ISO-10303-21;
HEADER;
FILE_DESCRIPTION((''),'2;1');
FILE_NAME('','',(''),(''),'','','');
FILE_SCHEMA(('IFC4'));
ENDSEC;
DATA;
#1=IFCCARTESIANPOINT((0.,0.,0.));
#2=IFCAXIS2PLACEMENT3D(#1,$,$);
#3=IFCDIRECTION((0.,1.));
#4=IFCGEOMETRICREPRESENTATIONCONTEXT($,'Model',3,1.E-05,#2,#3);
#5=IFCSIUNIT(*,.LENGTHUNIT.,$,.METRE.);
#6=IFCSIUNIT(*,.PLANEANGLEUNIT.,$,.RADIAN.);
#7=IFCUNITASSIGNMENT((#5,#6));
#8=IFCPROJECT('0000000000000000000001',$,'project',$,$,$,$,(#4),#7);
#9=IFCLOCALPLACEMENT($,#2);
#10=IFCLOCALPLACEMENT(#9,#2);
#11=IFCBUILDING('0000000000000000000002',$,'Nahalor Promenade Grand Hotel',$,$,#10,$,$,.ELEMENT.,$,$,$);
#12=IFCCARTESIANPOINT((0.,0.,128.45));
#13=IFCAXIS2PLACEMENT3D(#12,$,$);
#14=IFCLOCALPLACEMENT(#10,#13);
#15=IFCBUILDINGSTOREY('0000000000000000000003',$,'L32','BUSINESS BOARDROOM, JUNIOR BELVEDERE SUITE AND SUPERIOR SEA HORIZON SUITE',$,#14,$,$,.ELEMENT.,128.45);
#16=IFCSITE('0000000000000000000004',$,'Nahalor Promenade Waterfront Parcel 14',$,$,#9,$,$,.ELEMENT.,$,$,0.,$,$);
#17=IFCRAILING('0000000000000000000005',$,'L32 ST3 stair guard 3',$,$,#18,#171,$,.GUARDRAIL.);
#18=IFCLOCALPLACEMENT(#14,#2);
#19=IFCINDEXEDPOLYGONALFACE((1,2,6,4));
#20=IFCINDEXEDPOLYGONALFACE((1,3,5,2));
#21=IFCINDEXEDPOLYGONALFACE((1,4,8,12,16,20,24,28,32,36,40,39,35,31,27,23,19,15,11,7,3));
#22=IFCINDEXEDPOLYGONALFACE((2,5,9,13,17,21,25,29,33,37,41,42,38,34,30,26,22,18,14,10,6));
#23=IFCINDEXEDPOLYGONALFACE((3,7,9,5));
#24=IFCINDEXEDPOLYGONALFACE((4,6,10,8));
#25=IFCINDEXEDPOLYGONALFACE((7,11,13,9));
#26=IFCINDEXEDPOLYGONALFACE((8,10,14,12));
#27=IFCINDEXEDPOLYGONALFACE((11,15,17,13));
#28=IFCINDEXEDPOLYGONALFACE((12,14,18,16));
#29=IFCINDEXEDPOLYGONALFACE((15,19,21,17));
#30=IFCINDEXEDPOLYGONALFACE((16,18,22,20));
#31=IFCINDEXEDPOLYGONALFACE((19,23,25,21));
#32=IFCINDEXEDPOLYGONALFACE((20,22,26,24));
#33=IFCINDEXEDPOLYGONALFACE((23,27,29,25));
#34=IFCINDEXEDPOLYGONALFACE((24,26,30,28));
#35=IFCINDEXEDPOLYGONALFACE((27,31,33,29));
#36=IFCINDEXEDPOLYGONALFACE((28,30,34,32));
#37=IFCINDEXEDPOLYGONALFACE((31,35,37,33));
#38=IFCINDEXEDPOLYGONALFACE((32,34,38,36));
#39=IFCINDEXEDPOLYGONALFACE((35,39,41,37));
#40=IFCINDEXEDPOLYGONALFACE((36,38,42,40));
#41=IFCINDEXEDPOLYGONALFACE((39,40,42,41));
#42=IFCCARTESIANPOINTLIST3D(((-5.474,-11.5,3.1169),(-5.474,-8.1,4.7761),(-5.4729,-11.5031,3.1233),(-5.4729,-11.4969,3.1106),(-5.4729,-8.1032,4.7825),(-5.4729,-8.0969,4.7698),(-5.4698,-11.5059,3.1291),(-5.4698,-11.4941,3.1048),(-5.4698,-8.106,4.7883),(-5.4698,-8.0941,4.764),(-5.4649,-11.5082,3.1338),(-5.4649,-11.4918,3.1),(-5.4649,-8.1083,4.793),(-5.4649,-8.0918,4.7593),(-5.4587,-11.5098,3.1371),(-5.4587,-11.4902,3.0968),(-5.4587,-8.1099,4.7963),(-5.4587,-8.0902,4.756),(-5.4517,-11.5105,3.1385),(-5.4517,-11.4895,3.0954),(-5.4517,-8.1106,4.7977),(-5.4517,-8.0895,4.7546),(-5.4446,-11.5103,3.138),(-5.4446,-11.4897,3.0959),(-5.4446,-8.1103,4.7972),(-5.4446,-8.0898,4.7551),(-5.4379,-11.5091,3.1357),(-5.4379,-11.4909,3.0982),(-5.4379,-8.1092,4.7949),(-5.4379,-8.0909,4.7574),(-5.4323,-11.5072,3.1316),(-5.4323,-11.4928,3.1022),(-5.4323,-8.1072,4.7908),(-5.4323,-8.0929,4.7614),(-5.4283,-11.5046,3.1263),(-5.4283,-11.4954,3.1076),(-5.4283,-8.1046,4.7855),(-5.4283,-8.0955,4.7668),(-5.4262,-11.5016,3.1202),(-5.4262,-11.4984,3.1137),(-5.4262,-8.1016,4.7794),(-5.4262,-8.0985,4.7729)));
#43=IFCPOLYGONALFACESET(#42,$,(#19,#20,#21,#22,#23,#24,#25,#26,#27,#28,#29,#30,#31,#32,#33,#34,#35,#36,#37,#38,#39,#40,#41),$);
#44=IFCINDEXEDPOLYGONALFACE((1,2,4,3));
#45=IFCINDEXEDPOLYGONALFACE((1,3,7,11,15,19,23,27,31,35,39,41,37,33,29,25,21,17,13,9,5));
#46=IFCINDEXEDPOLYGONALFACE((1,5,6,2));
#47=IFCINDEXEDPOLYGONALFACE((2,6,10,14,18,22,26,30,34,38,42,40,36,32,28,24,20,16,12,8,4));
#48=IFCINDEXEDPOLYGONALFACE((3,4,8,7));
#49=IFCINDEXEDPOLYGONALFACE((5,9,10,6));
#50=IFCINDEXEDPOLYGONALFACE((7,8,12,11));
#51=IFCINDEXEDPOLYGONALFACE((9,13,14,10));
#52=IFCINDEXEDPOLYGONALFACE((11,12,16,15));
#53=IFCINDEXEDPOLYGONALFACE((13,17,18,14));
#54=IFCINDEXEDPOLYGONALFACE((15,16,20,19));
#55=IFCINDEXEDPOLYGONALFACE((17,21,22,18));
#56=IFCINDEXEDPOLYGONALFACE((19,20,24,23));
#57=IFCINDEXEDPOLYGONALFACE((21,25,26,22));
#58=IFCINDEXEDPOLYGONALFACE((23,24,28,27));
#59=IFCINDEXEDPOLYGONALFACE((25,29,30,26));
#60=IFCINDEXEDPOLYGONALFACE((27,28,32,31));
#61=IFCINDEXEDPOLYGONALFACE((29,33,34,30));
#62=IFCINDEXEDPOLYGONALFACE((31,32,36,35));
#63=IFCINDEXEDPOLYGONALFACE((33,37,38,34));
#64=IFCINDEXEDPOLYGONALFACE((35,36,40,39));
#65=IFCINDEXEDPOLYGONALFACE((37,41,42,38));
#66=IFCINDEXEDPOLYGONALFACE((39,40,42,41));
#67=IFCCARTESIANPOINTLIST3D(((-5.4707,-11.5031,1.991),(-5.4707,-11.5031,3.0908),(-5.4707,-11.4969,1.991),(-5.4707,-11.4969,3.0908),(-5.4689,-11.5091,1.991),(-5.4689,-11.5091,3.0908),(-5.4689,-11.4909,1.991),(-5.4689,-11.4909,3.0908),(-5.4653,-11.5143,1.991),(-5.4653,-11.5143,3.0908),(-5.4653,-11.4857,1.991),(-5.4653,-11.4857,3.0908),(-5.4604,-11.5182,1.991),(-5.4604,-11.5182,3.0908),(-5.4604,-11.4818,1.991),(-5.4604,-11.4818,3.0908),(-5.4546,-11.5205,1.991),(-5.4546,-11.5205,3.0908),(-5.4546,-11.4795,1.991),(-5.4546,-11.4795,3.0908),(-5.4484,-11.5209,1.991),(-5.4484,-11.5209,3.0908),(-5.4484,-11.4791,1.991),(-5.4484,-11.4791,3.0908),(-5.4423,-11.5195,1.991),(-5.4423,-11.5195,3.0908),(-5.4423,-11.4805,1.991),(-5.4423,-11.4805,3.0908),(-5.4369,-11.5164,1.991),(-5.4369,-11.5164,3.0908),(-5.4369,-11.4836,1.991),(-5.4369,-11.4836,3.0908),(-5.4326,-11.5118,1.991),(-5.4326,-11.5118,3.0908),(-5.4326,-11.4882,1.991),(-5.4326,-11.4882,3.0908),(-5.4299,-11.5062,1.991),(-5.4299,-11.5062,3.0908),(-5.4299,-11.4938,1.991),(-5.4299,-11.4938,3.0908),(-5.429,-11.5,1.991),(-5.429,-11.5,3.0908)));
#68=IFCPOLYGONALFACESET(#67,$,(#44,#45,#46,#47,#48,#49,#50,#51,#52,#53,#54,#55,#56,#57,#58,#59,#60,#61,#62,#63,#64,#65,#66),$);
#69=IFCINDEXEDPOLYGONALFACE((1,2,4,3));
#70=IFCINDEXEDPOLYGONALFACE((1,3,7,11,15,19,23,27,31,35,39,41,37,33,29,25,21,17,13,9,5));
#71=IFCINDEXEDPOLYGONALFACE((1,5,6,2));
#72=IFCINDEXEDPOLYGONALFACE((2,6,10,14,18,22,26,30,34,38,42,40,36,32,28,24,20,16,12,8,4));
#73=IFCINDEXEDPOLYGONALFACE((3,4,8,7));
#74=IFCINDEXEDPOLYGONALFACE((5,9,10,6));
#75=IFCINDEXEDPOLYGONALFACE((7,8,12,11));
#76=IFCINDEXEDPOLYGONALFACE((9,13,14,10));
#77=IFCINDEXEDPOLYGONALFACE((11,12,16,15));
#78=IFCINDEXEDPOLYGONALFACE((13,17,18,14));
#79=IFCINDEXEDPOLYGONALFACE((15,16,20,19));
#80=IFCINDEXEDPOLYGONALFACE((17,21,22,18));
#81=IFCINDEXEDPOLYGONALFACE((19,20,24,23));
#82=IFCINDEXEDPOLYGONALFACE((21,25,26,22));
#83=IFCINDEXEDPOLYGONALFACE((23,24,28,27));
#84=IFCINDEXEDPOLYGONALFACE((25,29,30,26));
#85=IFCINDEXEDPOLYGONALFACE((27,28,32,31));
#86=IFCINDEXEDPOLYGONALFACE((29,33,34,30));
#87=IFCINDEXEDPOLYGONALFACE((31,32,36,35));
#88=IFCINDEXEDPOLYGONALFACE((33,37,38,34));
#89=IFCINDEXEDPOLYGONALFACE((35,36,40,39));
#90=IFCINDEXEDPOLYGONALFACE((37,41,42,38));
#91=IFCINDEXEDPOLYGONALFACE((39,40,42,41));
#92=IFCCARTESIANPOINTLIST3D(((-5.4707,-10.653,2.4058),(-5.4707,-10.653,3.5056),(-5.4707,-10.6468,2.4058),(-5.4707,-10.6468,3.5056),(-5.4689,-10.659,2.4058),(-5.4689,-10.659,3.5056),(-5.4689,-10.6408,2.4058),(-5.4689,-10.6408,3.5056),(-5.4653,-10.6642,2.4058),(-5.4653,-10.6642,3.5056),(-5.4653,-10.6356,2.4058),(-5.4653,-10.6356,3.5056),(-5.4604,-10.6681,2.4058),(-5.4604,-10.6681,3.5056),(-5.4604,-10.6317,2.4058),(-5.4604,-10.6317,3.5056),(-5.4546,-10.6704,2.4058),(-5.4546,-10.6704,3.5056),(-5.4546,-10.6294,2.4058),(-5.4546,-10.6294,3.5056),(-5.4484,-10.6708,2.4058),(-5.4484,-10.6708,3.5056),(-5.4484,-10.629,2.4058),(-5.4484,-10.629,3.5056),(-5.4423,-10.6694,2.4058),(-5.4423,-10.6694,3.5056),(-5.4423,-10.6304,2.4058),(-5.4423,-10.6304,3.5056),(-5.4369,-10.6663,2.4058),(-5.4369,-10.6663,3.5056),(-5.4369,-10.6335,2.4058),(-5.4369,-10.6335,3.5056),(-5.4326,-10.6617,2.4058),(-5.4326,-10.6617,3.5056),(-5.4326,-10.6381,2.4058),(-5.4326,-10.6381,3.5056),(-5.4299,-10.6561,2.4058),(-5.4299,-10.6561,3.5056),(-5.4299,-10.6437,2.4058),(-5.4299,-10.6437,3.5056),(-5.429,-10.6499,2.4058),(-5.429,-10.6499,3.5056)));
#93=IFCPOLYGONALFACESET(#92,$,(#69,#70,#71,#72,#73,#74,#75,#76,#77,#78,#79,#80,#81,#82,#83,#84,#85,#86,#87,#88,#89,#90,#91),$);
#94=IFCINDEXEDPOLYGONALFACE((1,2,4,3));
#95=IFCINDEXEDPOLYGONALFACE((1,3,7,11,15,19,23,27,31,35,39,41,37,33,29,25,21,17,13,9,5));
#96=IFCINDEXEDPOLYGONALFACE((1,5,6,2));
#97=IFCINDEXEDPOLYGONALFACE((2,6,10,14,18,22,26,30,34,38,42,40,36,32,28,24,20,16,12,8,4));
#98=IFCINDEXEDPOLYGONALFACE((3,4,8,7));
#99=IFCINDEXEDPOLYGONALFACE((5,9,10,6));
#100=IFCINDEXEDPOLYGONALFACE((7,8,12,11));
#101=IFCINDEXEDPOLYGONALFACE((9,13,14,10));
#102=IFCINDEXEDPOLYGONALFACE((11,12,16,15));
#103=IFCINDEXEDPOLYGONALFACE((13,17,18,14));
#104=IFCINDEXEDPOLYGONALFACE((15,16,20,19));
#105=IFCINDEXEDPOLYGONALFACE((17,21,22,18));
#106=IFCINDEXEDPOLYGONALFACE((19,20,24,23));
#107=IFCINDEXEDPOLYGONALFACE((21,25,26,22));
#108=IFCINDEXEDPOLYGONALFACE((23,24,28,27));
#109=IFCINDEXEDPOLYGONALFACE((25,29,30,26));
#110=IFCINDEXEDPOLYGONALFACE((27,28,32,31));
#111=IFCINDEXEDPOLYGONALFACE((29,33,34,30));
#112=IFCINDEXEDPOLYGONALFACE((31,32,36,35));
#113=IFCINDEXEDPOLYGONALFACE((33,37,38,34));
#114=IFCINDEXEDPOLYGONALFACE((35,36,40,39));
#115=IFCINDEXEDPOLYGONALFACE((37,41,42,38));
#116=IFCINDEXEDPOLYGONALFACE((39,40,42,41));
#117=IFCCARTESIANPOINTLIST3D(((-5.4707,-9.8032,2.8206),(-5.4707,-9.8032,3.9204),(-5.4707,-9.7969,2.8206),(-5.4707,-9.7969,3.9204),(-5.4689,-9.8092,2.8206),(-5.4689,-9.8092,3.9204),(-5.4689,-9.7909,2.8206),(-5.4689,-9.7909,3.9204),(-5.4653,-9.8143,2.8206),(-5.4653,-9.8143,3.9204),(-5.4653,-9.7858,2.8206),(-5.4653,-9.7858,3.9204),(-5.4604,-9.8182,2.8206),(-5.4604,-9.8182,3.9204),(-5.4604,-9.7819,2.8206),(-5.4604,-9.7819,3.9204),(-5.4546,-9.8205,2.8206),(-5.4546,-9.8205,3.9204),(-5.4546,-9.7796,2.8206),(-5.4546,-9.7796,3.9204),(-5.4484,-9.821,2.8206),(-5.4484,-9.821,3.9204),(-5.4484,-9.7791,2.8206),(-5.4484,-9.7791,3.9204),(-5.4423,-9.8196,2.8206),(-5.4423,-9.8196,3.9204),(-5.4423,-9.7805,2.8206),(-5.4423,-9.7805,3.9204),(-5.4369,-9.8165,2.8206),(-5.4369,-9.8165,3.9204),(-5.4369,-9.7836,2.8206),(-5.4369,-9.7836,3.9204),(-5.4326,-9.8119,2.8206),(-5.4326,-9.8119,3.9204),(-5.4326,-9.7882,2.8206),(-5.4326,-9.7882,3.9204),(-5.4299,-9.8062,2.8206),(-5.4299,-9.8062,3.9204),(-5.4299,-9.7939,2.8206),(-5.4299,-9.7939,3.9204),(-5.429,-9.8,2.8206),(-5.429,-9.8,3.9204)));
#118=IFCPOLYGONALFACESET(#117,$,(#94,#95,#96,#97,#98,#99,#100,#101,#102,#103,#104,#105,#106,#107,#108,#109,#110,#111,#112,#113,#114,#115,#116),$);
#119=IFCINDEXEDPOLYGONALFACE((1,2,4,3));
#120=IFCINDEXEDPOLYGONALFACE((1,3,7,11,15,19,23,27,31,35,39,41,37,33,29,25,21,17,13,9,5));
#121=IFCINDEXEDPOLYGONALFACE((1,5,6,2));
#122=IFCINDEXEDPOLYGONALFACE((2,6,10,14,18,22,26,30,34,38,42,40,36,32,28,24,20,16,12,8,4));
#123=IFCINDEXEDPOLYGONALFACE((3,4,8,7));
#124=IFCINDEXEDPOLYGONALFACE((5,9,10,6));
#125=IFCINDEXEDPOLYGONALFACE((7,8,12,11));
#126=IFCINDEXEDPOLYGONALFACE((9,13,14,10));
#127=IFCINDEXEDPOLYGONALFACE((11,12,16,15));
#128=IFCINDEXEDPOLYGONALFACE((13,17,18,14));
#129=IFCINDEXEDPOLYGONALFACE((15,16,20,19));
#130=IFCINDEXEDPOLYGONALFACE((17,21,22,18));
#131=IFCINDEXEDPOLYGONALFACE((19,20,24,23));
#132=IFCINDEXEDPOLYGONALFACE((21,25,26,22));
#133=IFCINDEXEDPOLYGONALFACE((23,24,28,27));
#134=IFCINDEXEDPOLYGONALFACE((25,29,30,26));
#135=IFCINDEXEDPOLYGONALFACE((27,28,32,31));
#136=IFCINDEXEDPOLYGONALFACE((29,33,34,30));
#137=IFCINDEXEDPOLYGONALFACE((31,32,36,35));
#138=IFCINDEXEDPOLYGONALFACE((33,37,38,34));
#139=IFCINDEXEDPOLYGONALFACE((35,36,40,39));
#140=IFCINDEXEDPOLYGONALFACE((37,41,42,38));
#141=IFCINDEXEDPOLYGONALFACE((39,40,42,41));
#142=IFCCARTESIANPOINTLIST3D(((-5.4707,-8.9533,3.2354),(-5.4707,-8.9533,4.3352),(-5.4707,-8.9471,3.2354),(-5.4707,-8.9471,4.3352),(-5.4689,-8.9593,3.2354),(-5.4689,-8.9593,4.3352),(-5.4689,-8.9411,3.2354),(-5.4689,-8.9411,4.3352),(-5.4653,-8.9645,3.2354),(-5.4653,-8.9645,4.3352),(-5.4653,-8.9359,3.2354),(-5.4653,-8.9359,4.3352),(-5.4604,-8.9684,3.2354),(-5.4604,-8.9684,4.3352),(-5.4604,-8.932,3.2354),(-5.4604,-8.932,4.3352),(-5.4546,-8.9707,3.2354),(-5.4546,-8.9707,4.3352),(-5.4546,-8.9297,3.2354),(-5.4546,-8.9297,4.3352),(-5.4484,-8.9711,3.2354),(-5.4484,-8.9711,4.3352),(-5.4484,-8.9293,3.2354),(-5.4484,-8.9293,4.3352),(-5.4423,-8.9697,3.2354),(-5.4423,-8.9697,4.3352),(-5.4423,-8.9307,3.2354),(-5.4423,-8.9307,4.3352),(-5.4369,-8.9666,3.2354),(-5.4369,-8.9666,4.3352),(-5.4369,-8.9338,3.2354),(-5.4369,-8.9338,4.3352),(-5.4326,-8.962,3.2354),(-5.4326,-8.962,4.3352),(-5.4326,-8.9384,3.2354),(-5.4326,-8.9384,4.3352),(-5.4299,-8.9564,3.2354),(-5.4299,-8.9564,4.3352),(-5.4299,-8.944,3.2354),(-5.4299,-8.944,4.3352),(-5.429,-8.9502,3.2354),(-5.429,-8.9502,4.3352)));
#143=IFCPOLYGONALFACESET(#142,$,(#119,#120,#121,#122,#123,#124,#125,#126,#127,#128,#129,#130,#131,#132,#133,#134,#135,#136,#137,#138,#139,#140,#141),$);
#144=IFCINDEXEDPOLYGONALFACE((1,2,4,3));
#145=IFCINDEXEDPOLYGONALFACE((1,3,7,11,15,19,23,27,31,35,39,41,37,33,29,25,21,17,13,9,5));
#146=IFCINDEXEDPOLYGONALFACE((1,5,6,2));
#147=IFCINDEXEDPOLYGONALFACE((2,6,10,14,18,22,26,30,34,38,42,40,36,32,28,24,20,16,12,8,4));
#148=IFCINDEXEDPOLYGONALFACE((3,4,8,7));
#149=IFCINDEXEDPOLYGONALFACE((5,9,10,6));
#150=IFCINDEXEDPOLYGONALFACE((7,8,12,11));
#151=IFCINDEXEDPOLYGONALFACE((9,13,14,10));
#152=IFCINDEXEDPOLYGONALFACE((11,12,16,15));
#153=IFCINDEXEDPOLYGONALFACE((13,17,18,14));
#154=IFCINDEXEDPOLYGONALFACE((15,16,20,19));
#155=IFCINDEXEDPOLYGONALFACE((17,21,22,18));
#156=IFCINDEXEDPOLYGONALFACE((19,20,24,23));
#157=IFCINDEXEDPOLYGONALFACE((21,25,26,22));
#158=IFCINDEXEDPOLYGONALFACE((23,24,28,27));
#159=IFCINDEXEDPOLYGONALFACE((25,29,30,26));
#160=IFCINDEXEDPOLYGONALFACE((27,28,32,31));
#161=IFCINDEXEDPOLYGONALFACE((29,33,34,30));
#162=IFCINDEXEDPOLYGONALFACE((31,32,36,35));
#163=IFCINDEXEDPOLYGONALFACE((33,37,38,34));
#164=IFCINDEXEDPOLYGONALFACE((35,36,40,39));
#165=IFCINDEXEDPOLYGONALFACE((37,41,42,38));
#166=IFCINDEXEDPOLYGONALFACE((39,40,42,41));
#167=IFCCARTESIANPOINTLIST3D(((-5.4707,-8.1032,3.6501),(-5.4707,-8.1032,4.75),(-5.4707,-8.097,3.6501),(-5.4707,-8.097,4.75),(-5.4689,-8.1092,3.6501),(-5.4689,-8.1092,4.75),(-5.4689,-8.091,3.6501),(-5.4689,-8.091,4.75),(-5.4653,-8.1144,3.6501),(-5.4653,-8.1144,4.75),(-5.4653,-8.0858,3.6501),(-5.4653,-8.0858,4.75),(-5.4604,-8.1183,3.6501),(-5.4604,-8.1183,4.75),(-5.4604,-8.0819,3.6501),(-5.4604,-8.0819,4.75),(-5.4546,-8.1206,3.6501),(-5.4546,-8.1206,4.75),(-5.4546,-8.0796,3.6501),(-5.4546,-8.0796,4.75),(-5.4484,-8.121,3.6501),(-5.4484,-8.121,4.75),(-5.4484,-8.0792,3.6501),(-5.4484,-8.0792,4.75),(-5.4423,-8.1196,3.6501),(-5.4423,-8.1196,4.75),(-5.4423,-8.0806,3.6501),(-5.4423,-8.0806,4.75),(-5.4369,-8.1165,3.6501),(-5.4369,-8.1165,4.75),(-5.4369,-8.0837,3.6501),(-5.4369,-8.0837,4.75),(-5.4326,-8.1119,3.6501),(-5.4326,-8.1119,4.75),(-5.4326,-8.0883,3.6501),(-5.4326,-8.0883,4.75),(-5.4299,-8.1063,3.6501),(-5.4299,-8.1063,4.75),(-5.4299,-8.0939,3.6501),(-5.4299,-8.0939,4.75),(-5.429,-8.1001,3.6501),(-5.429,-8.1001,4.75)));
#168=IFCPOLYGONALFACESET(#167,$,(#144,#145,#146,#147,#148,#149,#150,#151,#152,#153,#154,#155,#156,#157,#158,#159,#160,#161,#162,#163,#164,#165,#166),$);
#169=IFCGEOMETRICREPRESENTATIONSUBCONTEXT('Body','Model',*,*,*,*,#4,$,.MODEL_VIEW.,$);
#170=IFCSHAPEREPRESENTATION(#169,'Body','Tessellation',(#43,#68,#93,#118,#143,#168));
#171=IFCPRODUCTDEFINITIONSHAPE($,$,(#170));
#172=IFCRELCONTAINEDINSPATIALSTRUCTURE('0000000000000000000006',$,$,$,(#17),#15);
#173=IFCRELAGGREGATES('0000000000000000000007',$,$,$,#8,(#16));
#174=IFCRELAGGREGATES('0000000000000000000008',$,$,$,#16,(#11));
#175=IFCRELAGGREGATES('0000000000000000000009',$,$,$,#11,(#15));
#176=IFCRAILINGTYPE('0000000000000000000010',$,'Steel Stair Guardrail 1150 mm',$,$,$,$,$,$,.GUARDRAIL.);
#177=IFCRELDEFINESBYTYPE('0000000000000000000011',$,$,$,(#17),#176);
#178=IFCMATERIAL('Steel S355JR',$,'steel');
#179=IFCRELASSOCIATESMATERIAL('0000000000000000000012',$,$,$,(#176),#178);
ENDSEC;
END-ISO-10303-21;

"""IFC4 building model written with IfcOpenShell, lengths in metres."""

from ifc_helpers import new_model, si_unit, direction, frame, origin, origin_2d, place, context, subcontext, project, spatial, circle, extrude, material, type_object, element, save


model = new_model("IFC4")

# Units and contexts
model_context = context("Model", 3, precision=1e-05, world=origin(), true_north=direction((0.0, 1.0)))
body_context = subcontext(model_context, "Body", "Model", "MODEL_VIEW")
ifc_project = project(units=[si_unit("LENGTHUNIT", "METRE"), si_unit("PLANEANGLEUNIT", "RADIAN")], contexts=[model_context])

# Site, building, storey
site_placement = place(None, origin())
site = spatial("IfcSite", under=ifc_project, at=site_placement, Name="Nahalor Promenade Waterfront Parcel 14", CompositionType="ELEMENT", RefElevation=0.0)
building_placement = place(site_placement, origin())
building = spatial("IfcBuilding", under=site, at=building_placement, Name="Nahalor Promenade Grand Hotel", CompositionType="ELEMENT")
storey_placement = place(building_placement, frame((0.0, 0.0, 128.45)))
storey = spatial("IfcBuildingStorey", under=building, at=storey_placement, Name="L32", Description="BUSINESS BOARDROOM, JUNIOR BELVEDERE SUITE AND SUPERIOR SEA HORIZON SUITE", CompositionType="ELEMENT", Elevation=128.45)

# Shared definitions
ifc_material_1 = material(Name="Steel S355JR", Category="steel")

# Railing
railing_type_1 = type_object("IfcRailingType", Name="Steel Stair Guardrail 1150 mm", PredefinedType="GUARDRAIL", material=ifc_material_1)
railing_1_placement = place(storey_placement, frame((-5.45, -11.5, 1.991)))
element("IfcRailing", 1, at=railing_1_placement, inside=storey, type_object=railing_type_1, Name="L32 ST3 stair guard 3", PredefinedType="GUARDRAIL", context=body_context, shape_type="SweptSolid", body=[
    extrude(circle(Radius=0.024, at=origin_2d()), frame((0.0, 0.0, 1.126), z_axis=(0.0, 0.898696, 0.438571), x_axis=(-1.0, 0.0, 0.0)), (0.0, 0.0, 1.0), 3.7832),
    extrude(circle(Radius=0.021, at=origin_2d()), origin(), (0.0, 0.0, 1.0), 1.0999),
    extrude(circle(Radius=0.021, at=origin_2d()), frame((0.0, 0.8501, 0.4148)), (0.0, 0.0, 1.0), 1.0999),
    extrude(circle(Radius=0.021, at=origin_2d()), frame((0.0, 1.7, 0.8296)), (0.0, 0.0, 1.0), 1.0999),
    extrude(circle(Radius=0.021, at=origin_2d()), frame((0.0, 2.5498, 1.2444)), (0.0, 0.0, 1.0), 1.0999),
    extrude(circle(Radius=0.021, at=origin_2d()), frame((0.0, 3.3999, 1.6592)), (0.0, 0.0, 1.0), 1.0999),
])

save(model, "model.ifc")
